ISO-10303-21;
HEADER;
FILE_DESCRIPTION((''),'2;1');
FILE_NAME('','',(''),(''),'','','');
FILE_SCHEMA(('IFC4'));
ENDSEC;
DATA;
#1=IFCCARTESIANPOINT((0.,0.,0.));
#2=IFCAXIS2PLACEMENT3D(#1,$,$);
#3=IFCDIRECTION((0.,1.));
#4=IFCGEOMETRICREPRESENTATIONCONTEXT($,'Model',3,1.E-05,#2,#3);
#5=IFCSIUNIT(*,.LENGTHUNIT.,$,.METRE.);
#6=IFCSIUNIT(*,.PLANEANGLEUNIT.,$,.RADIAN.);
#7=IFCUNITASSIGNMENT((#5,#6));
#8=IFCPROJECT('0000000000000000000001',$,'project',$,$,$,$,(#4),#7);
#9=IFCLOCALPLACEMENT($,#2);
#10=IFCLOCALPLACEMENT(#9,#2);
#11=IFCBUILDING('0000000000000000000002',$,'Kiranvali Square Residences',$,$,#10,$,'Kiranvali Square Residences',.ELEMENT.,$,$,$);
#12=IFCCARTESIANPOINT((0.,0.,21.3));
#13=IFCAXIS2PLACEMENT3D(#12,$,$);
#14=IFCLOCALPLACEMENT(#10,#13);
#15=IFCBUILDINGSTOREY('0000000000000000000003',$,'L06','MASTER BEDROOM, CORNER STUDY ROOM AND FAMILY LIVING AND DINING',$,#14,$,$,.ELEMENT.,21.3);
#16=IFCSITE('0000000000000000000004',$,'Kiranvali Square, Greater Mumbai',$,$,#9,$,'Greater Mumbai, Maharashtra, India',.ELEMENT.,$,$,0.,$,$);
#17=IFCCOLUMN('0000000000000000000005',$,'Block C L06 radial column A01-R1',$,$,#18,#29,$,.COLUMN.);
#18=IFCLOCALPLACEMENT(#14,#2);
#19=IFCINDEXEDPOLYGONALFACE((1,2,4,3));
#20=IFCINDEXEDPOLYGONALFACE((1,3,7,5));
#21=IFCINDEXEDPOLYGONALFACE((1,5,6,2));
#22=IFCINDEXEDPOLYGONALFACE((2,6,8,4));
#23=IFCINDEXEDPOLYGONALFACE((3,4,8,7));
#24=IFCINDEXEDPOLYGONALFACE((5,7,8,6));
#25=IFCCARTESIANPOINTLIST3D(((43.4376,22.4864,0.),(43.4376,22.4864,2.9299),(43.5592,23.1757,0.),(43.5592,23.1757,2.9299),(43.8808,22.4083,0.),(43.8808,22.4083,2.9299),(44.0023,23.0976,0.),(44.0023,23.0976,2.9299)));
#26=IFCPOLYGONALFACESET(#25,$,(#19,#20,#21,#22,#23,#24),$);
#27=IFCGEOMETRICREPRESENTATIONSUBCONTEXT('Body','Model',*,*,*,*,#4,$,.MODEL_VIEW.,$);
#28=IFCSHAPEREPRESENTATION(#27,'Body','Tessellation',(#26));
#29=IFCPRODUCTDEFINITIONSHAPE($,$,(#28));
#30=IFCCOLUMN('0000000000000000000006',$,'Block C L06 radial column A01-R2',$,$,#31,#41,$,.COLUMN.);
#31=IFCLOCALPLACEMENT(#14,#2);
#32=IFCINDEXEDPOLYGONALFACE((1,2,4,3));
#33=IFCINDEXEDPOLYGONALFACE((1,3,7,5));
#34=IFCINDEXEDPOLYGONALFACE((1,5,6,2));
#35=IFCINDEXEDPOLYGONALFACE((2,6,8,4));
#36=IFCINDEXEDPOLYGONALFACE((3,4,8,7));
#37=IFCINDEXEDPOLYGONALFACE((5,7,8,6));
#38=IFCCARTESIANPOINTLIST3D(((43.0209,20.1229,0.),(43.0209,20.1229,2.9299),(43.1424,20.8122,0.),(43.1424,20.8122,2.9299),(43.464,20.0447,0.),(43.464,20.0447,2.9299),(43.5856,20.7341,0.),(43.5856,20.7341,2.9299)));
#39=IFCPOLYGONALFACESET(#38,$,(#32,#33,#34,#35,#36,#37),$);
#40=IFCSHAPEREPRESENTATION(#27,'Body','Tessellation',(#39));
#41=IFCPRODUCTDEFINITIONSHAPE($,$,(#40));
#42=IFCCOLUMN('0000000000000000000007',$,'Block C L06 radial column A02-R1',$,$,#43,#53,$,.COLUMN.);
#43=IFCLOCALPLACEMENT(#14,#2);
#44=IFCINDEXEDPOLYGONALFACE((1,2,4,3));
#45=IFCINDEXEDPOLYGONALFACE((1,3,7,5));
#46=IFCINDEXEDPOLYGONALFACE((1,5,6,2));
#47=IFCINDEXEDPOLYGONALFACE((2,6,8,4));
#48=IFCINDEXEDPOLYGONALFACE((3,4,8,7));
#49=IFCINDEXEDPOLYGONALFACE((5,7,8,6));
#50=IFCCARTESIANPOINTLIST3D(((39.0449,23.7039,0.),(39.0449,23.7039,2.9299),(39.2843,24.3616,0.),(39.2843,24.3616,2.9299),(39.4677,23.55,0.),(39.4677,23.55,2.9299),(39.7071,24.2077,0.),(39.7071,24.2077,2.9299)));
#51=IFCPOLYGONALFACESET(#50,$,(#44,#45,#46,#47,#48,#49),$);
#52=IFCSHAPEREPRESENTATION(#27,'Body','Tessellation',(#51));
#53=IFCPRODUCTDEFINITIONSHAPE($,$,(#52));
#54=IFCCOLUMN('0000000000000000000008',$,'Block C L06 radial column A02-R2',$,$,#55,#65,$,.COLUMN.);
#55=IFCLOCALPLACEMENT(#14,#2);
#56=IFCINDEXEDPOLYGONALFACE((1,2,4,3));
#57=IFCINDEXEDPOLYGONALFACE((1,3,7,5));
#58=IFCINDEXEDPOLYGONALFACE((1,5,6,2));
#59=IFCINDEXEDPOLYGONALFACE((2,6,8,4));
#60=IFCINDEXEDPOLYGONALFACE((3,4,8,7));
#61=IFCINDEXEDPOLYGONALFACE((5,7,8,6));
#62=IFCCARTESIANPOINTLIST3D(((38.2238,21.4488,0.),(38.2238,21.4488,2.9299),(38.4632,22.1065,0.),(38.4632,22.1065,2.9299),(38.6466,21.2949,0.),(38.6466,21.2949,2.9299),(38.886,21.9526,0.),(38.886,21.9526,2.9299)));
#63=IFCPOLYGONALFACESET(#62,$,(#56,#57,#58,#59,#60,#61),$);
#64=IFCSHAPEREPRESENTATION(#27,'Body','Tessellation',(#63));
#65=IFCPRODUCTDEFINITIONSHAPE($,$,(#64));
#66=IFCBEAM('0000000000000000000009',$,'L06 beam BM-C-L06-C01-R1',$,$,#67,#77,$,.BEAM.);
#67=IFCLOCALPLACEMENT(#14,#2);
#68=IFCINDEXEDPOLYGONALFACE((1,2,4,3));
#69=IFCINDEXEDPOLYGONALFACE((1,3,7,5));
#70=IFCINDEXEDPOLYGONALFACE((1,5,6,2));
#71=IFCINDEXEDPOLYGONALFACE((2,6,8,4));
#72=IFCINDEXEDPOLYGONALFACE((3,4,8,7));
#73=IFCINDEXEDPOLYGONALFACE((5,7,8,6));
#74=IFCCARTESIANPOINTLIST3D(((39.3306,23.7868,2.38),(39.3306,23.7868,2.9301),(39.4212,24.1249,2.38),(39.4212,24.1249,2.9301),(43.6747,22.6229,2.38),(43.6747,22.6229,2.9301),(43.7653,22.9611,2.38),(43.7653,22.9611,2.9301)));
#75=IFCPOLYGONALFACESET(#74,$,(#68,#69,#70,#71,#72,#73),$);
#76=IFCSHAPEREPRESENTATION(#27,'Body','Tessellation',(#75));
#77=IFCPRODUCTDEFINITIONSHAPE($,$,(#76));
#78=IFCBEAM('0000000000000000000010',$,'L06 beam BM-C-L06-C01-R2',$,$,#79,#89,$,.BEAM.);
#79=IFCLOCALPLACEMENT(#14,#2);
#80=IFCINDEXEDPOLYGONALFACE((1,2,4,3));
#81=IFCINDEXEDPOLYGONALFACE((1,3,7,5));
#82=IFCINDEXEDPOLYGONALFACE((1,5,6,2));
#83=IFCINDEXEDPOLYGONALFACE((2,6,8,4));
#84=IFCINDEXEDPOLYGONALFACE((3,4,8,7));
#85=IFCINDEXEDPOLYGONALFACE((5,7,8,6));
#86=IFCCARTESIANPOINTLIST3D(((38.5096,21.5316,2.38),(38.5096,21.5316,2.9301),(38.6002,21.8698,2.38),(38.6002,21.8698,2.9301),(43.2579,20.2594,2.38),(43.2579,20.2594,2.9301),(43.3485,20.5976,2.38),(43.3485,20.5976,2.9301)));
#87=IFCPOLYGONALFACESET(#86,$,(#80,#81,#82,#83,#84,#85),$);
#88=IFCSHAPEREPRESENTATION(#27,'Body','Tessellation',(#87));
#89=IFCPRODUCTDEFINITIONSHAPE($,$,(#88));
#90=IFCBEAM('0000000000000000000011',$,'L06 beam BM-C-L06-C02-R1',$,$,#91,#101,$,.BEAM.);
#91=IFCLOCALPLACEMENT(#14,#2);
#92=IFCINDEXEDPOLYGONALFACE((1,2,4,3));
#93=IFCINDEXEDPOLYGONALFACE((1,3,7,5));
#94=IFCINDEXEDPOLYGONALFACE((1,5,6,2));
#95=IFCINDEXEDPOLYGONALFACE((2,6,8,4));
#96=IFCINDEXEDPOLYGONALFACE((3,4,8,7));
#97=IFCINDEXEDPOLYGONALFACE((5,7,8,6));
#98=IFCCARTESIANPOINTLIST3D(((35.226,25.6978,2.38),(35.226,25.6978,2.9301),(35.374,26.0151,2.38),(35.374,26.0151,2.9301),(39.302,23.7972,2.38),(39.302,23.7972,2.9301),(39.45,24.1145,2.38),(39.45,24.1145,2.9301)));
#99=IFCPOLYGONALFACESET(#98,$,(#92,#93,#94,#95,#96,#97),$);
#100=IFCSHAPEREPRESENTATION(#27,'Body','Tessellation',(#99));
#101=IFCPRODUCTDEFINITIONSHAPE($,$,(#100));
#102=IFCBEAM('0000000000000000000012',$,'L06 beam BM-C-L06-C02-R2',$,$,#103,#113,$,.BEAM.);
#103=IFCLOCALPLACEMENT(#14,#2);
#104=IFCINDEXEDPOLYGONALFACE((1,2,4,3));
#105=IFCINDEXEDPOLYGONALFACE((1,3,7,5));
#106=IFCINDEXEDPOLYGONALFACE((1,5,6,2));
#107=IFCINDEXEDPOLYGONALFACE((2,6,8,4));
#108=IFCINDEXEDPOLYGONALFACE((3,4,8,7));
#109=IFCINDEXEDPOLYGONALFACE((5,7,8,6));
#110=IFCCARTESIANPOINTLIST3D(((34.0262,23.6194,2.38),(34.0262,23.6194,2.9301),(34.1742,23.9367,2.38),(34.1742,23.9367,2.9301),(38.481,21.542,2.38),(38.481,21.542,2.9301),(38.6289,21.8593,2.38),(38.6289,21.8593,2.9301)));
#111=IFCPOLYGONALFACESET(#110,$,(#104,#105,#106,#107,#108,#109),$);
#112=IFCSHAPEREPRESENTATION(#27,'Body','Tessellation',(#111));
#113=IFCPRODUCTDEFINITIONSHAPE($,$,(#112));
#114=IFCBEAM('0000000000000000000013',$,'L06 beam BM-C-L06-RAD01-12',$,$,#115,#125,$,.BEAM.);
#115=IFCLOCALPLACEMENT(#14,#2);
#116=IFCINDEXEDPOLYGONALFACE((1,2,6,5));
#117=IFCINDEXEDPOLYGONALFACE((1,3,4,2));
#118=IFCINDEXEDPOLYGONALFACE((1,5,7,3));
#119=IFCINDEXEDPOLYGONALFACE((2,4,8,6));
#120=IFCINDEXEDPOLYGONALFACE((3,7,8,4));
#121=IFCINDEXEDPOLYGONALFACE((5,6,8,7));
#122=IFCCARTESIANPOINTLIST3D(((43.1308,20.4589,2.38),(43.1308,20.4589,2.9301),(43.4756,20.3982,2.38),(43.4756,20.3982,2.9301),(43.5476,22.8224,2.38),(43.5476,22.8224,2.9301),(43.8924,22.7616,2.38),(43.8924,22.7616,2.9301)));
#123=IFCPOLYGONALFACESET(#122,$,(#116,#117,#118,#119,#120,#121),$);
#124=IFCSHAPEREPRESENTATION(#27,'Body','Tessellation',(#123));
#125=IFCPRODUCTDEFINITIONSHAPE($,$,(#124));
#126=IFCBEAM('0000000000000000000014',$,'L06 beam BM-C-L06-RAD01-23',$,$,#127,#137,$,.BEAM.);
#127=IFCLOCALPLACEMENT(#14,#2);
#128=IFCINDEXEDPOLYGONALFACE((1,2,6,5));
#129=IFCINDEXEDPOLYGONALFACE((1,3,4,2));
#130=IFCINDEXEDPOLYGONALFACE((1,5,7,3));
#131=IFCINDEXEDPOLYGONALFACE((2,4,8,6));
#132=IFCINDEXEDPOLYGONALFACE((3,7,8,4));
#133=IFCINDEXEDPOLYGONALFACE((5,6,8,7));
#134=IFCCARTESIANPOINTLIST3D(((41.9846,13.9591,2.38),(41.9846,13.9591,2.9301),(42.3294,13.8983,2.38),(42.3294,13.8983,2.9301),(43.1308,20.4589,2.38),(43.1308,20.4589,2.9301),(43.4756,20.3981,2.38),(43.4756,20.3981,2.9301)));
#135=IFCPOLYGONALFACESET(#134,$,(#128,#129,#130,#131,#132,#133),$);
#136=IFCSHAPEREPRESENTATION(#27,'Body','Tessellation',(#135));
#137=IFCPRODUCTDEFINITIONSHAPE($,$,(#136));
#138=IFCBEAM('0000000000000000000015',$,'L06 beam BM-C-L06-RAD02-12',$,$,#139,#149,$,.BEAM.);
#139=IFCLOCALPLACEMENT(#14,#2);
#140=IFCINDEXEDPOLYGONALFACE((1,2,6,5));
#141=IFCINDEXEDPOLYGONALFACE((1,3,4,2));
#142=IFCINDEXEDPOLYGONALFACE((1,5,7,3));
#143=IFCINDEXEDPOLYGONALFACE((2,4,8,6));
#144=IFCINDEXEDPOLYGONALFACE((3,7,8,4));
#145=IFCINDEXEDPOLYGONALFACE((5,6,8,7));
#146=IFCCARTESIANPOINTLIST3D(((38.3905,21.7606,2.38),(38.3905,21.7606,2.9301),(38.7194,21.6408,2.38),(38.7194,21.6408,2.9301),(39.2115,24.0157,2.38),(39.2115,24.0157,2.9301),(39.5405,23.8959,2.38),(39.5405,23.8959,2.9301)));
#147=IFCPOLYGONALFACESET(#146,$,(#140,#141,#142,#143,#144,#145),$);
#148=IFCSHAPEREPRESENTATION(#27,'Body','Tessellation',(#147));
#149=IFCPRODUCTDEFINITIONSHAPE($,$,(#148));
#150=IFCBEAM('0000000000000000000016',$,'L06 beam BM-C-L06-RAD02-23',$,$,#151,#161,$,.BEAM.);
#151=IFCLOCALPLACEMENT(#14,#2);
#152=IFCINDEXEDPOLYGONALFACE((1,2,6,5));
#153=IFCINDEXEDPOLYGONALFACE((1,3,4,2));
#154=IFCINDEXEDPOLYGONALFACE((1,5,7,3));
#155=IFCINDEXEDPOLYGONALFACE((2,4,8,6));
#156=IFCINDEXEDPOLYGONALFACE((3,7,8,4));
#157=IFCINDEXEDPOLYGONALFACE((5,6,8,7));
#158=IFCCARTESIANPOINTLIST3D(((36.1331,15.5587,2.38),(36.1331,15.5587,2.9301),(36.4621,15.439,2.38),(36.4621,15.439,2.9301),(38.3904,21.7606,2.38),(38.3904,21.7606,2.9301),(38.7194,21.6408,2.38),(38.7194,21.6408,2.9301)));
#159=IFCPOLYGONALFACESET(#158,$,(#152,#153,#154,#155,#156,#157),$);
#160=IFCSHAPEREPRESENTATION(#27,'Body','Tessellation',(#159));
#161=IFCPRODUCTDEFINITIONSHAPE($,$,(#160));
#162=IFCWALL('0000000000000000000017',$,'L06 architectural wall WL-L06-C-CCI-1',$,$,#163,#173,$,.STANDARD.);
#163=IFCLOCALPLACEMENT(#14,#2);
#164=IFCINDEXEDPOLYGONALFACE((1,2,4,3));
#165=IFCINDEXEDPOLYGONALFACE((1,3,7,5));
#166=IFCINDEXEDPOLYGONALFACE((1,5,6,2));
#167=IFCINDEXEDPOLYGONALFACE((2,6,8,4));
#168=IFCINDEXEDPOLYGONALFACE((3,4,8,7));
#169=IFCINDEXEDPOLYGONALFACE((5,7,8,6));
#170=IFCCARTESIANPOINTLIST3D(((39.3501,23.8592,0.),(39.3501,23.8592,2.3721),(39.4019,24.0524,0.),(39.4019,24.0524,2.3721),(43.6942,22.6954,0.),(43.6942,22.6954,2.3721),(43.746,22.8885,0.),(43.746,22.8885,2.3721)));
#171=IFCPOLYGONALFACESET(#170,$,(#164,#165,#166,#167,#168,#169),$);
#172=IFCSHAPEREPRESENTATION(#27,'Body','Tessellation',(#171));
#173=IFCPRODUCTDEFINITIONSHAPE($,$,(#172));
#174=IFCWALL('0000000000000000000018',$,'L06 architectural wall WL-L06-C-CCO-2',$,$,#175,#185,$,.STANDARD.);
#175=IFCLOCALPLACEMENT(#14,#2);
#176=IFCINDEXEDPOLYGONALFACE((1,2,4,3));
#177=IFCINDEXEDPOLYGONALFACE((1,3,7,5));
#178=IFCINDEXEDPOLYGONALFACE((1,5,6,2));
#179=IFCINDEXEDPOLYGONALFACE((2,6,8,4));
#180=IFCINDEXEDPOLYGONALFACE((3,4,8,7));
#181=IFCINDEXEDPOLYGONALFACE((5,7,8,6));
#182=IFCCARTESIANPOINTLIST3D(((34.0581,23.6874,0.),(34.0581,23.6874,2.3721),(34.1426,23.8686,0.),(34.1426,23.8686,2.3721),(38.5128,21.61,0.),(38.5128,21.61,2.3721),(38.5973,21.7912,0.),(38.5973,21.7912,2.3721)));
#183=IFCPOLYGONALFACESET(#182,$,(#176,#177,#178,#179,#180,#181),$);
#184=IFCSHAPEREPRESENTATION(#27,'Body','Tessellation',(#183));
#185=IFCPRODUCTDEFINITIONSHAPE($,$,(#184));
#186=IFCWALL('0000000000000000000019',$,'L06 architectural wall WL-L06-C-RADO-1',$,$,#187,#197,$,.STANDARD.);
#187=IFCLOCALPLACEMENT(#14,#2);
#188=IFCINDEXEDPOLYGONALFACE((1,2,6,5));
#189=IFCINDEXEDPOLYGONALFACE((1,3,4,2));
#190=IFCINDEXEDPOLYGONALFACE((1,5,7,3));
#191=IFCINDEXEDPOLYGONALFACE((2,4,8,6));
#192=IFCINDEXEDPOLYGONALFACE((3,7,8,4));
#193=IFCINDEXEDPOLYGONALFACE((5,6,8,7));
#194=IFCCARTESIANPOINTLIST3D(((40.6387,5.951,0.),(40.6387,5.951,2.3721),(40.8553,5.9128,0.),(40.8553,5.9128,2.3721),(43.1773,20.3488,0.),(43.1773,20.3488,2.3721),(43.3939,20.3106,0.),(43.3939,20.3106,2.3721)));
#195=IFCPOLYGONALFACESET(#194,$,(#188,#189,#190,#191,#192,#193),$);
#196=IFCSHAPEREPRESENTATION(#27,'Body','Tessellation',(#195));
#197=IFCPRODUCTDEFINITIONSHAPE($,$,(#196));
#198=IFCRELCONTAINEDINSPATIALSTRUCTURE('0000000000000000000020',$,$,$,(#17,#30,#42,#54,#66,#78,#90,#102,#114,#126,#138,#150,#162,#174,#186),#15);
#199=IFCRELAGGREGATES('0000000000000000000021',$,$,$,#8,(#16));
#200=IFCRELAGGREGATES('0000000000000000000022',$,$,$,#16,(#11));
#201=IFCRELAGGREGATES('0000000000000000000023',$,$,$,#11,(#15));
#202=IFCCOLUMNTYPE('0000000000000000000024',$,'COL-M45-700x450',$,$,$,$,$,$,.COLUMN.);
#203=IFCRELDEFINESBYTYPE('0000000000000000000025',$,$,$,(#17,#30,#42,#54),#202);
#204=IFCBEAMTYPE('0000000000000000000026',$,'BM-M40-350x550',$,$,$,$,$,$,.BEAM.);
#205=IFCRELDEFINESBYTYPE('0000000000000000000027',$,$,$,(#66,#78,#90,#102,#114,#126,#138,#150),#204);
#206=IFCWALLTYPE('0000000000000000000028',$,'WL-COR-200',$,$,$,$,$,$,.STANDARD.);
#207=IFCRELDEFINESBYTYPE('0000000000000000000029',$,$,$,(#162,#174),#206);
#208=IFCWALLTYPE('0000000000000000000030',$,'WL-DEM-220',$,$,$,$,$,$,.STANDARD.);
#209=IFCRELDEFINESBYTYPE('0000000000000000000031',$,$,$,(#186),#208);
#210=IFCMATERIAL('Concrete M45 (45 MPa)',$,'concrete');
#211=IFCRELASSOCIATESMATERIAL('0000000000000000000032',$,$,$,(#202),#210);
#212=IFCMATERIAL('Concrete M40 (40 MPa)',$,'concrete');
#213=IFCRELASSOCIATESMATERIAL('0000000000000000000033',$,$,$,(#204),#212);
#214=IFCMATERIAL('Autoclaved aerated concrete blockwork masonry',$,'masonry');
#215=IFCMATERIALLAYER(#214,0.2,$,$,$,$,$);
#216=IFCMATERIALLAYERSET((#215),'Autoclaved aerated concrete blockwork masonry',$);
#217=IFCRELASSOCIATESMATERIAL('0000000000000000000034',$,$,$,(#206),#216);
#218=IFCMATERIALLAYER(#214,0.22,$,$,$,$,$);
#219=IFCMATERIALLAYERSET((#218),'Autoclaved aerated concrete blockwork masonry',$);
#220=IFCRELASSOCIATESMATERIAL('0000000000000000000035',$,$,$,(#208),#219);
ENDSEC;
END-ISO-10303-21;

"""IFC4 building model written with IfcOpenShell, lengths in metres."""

from ifc_helpers import new_model, si_unit, direction, frame, frame_2d, origin, origin_2d, place, context, subcontext, project, spatial, rectangle, extrude, material, layer, layer_set, material_profile, profile_set, type_object, element, save


model = new_model("IFC4")

# Units and contexts
model_context = context("Model", 3, precision=1e-05, world=origin(), true_north=direction((0.0, 1.0)))
body_context = subcontext(model_context, "Body", "Model", "MODEL_VIEW")
ifc_project = project(units=[si_unit("LENGTHUNIT", "METRE"), si_unit("PLANEANGLEUNIT", "RADIAN")], contexts=[model_context])

# Site, building, storey
site_placement = place(None, origin())
site = spatial("IfcSite", under=ifc_project, at=site_placement, Name="Kiranvali Square, Greater Mumbai", LongName="Greater Mumbai, Maharashtra, India", CompositionType="ELEMENT", RefElevation=0.0)
building_placement = place(site_placement, origin())
building = spatial("IfcBuilding", under=site, at=building_placement, Name="Kiranvali Square Residences", LongName="Kiranvali Square Residences", CompositionType="ELEMENT")
storey_placement = place(building_placement, frame((0.0, 0.0, 21.3)))
storey = spatial("IfcBuildingStorey", under=building, at=storey_placement, Name="L06", Description="MASTER BEDROOM, CORNER STUDY ROOM AND FAMILY LIVING AND DINING", CompositionType="ELEMENT", Elevation=21.3)

# Columns
ifc_material_1 = material(Name="Concrete M45 (45 MPa)", Category="concrete")
ifc_material_profile_1 = material_profile(ifc_material_1, rectangle(XDim=0.45, YDim=0.7, at=origin_2d()), Name="RC 700x450")
ifc_profile_set_1 = profile_set([ifc_material_profile_1], Name="Concrete M45 (45 MPa)")
column_type = type_object("IfcColumnType", Name="COL-M45-700x450", PredefinedType="COLUMN", material=ifc_profile_set_1)
for number, where, z_axis, x_axis, name in (
    (1, (43.72, 22.792, 0.0), (0.0, 0.0, 1.0), (-0.984808, 0.173648, 0.0), "Block C L06 radial column A01-R1"),
    (2, (43.3032, 20.4285, 0.0), (0.0, 0.0, 1.0), (-0.984808, 0.173648, 0.0), "Block C L06 radial column A01-R2"),
    (3, (39.376, 23.9558, 0.0), (0.0, 0.0, 1.0), (-0.939693, 0.34202, 0.0), "Block C L06 radial column A02-R1"),
    (4, (38.5549, 21.7007, 0.0), (0.0, 0.0, 1.0), (-0.939693, 0.34202, 0.0), "Block C L06 radial column A02-R2"),
):
    element("IfcColumn", number, at=place(storey_placement, frame(where, z_axis=z_axis, x_axis=x_axis)), inside=storey, type_object=column_type, Name=name, PredefinedType="COLUMN", context=body_context, shape_type="SweptSolid", body=[
        extrude(rectangle(XDim=0.45, YDim=0.7, at=origin_2d()), origin(), (0.0, 0.0, 1.0), 2.9299),
    ])

# Beams
ifc_material_2 = material(Name="Concrete M40 (40 MPa)", Category="concrete")
ifc_material_profile_2 = material_profile(ifc_material_2, rectangle(XDim=0.3501, YDim=0.55, at=origin_2d()), Name="RC 350x550")
ifc_profile_set_2 = profile_set([ifc_material_profile_2], Name="Concrete M40 (40 MPa)")
beam_type = type_object("IfcBeamType", Name="BM-M40-350x550", PredefinedType="BEAM", material=ifc_profile_set_2)
beam_1_placement = place(storey_placement, frame((43.72, 22.792, 2.655), z_axis=(-0.965934, 0.258788, 0.0), x_axis=(-0.258788, -0.965934, 0.0)))
element("IfcBeam", 5, at=beam_1_placement, inside=storey, type_object=beam_type, Name="L06 beam BM-C-L06-C01-R1", PredefinedType="BEAM", context=body_context, shape_type="SweptSolid", body=[
    extrude(rectangle(XDim=0.3501, YDim=0.55, at=origin_2d()), origin(), (0.0, 0.0, 1.0), 4.4973),
])
beam_2_placement = place(storey_placement, frame((43.3032, 20.4285, 2.655), z_axis=(-0.96593, 0.258803, 0.0), x_axis=(-0.258803, -0.96593, 0.0)))
element("IfcBeam", 6, at=beam_2_placement, inside=storey, type_object=beam_type, Name="L06 beam BM-C-L06-C01-R2", PredefinedType="BEAM", context=body_context, shape_type="SweptSolid", body=[
    extrude(rectangle(XDim=0.3501, YDim=0.55, at=origin_2d()), origin(), (0.0, 0.0, 1.0), 4.9158),
])
beam_3_placement = place(storey_placement, frame((39.376, 23.9558, 2.655), z_axis=(-0.906308, 0.422618, 0.0), x_axis=(-0.422618, -0.906308, 0.0)))
element("IfcBeam", 7, at=beam_3_placement, inside=storey, type_object=beam_type, Name="L06 beam BM-C-L06-C02-R1", PredefinedType="BEAM", context=body_context, shape_type="SweptSolid", body=[
    extrude(rectangle(XDim=0.3501, YDim=0.55, at=origin_2d()), origin(), (0.0, 0.0, 1.0), 4.4973),
])
beam_4_placement = place(storey_placement, frame((38.5549, 21.7007, 2.655), z_axis=(-0.906302, 0.42263, 0.0), x_axis=(-0.42263, -0.906302, 0.0)))
element("IfcBeam", 8, at=beam_4_placement, inside=storey, type_object=beam_type, Name="L06 beam BM-C-L06-C02-R2", PredefinedType="BEAM", context=body_context, shape_type="SweptSolid", body=[
    extrude(rectangle(XDim=0.3501, YDim=0.55, at=origin_2d()), origin(), (0.0, 0.0, 1.0), 4.9153),
])
beam_5_placement = place(storey_placement, frame((43.72, 22.792, 2.655), z_axis=(-0.173646, -0.984808, 0.0), x_axis=(0.984808, -0.173646, 0.0)))
element("IfcBeam", 9, at=beam_5_placement, inside=storey, type_object=beam_type, Name="L06 beam BM-C-L06-RAD01-12", PredefinedType="BEAM", context=body_context, shape_type="SweptSolid", body=[
    extrude(rectangle(XDim=0.3501, YDim=0.55, at=origin_2d()), origin(), (0.0, 0.0, 1.0), 2.3999),
])
beam_6_placement = place(storey_placement, frame((43.3032, 20.4285, 2.655), z_axis=(-0.173671, -0.984804, 0.0), x_axis=(0.984804, -0.173671, 0.0)))
element("IfcBeam", 10, at=beam_6_placement, inside=storey, type_object=beam_type, Name="L06 beam BM-C-L06-RAD01-23", PredefinedType="BEAM", context=body_context, shape_type="SweptSolid", body=[
    extrude(rectangle(XDim=0.3501, YDim=0.55, at=origin_2d()), origin(), (0.0, 0.0, 1.0), 6.6001),
])
beam_7_placement = place(storey_placement, frame((39.376, 23.9558, 2.655), z_axis=(-0.342111, -0.93966, 0.0), x_axis=(0.93966, -0.342111, 0.0)))
element("IfcBeam", 11, at=beam_7_placement, inside=storey, type_object=beam_type, Name="L06 beam BM-C-L06-RAD02-12", PredefinedType="BEAM", context=body_context, shape_type="SweptSolid", body=[
    extrude(rectangle(XDim=0.3501, YDim=0.55, at=origin_2d()), origin(), (0.0, 0.0, 1.0), 2.3999),
])
beam_8_placement = place(storey_placement, frame((38.5549, 21.7007, 2.655), z_axis=(-0.342022, -0.939692, 0.0), x_axis=(0.939692, -0.342022, 0.0)))
element("IfcBeam", 12, at=beam_8_placement, inside=storey, type_object=beam_type, Name="L06 beam BM-C-L06-RAD02-23", PredefinedType="BEAM", context=body_context, shape_type="SweptSolid", body=[
    extrude(rectangle(XDim=0.3501, YDim=0.55, at=origin_2d()), origin(), (0.0, 0.0, 1.0), 6.5999),
])

# Wall
ifc_material_3 = material(Name="Autoclaved aerated concrete blockwork masonry", Category="masonry")
ifc_layer_1 = layer(ifc_material_3, 0.2)
ifc_layer_set_1 = layer_set([ifc_layer_1], Name="Autoclaved aerated concrete blockwork masonry")
wall_type_1 = type_object("IfcWallType", Name="WL-COR-200", PredefinedType="STANDARD", material=ifc_layer_set_1)
wall_1_placement = place(storey_placement, frame((43.72, 22.792, 0.0), z_axis=(0.0, 0.0, 1.0), x_axis=(-0.965934, 0.258788, 0.0)))
element("IfcWall", 13, at=wall_1_placement, inside=storey, type_object=wall_type_1, Name="L06 architectural wall WL-L06-C-CCI-1", PredefinedType="STANDARD", context=body_context, shape_type="SweptSolid", body=[
    extrude(rectangle(XDim=4.4973, YDim=0.2, at=frame_2d((2.2485, 0.0))), origin(), (0.0, 0.0, 1.0), 2.3721),
])

# Walls
wall_2_placement = place(storey_placement, frame((38.5549, 21.7007, 0.0), z_axis=(0.0, 0.0, 1.0), x_axis=(-0.906302, 0.42263, 0.0)))
element("IfcWall", 14, at=wall_2_placement, inside=storey, type_object=wall_type_1, Name="L06 architectural wall WL-L06-C-CCO-2", PredefinedType="STANDARD", context=body_context, shape_type="SweptSolid", body=[
    extrude(rectangle(XDim=4.9153, YDim=0.2, at=frame_2d((2.4575, 0.0))), origin(), (0.0, 0.0, 1.0), 2.3721),
])
ifc_layer_2 = layer(ifc_material_3, 0.22)
ifc_layer_set_2 = layer_set([ifc_layer_2], Name="Autoclaved aerated concrete blockwork masonry")
wall_type_2 = type_object("IfcWallType", Name="WL-DEM-220", PredefinedType="STANDARD", material=ifc_layer_set_2)
wall_3_placement = place(storey_placement, frame((43.2856, 20.3298, 0.0), z_axis=(0.0, 0.0, 1.0), x_axis=(-0.17364, -0.984809, 0.0)))
element("IfcWall", 15, at=wall_3_placement, inside=storey, type_object=wall_type_2, Name="L06 architectural wall WL-L06-C-RADO-1", PredefinedType="STANDARD", context=body_context, shape_type="SweptSolid", body=[
    extrude(rectangle(XDim=14.6199, YDim=0.22, at=frame_2d((7.3101, 0.0))), origin(), (0.0, 0.0, 1.0), 2.3721),
])

save(model, "model.ifc")
